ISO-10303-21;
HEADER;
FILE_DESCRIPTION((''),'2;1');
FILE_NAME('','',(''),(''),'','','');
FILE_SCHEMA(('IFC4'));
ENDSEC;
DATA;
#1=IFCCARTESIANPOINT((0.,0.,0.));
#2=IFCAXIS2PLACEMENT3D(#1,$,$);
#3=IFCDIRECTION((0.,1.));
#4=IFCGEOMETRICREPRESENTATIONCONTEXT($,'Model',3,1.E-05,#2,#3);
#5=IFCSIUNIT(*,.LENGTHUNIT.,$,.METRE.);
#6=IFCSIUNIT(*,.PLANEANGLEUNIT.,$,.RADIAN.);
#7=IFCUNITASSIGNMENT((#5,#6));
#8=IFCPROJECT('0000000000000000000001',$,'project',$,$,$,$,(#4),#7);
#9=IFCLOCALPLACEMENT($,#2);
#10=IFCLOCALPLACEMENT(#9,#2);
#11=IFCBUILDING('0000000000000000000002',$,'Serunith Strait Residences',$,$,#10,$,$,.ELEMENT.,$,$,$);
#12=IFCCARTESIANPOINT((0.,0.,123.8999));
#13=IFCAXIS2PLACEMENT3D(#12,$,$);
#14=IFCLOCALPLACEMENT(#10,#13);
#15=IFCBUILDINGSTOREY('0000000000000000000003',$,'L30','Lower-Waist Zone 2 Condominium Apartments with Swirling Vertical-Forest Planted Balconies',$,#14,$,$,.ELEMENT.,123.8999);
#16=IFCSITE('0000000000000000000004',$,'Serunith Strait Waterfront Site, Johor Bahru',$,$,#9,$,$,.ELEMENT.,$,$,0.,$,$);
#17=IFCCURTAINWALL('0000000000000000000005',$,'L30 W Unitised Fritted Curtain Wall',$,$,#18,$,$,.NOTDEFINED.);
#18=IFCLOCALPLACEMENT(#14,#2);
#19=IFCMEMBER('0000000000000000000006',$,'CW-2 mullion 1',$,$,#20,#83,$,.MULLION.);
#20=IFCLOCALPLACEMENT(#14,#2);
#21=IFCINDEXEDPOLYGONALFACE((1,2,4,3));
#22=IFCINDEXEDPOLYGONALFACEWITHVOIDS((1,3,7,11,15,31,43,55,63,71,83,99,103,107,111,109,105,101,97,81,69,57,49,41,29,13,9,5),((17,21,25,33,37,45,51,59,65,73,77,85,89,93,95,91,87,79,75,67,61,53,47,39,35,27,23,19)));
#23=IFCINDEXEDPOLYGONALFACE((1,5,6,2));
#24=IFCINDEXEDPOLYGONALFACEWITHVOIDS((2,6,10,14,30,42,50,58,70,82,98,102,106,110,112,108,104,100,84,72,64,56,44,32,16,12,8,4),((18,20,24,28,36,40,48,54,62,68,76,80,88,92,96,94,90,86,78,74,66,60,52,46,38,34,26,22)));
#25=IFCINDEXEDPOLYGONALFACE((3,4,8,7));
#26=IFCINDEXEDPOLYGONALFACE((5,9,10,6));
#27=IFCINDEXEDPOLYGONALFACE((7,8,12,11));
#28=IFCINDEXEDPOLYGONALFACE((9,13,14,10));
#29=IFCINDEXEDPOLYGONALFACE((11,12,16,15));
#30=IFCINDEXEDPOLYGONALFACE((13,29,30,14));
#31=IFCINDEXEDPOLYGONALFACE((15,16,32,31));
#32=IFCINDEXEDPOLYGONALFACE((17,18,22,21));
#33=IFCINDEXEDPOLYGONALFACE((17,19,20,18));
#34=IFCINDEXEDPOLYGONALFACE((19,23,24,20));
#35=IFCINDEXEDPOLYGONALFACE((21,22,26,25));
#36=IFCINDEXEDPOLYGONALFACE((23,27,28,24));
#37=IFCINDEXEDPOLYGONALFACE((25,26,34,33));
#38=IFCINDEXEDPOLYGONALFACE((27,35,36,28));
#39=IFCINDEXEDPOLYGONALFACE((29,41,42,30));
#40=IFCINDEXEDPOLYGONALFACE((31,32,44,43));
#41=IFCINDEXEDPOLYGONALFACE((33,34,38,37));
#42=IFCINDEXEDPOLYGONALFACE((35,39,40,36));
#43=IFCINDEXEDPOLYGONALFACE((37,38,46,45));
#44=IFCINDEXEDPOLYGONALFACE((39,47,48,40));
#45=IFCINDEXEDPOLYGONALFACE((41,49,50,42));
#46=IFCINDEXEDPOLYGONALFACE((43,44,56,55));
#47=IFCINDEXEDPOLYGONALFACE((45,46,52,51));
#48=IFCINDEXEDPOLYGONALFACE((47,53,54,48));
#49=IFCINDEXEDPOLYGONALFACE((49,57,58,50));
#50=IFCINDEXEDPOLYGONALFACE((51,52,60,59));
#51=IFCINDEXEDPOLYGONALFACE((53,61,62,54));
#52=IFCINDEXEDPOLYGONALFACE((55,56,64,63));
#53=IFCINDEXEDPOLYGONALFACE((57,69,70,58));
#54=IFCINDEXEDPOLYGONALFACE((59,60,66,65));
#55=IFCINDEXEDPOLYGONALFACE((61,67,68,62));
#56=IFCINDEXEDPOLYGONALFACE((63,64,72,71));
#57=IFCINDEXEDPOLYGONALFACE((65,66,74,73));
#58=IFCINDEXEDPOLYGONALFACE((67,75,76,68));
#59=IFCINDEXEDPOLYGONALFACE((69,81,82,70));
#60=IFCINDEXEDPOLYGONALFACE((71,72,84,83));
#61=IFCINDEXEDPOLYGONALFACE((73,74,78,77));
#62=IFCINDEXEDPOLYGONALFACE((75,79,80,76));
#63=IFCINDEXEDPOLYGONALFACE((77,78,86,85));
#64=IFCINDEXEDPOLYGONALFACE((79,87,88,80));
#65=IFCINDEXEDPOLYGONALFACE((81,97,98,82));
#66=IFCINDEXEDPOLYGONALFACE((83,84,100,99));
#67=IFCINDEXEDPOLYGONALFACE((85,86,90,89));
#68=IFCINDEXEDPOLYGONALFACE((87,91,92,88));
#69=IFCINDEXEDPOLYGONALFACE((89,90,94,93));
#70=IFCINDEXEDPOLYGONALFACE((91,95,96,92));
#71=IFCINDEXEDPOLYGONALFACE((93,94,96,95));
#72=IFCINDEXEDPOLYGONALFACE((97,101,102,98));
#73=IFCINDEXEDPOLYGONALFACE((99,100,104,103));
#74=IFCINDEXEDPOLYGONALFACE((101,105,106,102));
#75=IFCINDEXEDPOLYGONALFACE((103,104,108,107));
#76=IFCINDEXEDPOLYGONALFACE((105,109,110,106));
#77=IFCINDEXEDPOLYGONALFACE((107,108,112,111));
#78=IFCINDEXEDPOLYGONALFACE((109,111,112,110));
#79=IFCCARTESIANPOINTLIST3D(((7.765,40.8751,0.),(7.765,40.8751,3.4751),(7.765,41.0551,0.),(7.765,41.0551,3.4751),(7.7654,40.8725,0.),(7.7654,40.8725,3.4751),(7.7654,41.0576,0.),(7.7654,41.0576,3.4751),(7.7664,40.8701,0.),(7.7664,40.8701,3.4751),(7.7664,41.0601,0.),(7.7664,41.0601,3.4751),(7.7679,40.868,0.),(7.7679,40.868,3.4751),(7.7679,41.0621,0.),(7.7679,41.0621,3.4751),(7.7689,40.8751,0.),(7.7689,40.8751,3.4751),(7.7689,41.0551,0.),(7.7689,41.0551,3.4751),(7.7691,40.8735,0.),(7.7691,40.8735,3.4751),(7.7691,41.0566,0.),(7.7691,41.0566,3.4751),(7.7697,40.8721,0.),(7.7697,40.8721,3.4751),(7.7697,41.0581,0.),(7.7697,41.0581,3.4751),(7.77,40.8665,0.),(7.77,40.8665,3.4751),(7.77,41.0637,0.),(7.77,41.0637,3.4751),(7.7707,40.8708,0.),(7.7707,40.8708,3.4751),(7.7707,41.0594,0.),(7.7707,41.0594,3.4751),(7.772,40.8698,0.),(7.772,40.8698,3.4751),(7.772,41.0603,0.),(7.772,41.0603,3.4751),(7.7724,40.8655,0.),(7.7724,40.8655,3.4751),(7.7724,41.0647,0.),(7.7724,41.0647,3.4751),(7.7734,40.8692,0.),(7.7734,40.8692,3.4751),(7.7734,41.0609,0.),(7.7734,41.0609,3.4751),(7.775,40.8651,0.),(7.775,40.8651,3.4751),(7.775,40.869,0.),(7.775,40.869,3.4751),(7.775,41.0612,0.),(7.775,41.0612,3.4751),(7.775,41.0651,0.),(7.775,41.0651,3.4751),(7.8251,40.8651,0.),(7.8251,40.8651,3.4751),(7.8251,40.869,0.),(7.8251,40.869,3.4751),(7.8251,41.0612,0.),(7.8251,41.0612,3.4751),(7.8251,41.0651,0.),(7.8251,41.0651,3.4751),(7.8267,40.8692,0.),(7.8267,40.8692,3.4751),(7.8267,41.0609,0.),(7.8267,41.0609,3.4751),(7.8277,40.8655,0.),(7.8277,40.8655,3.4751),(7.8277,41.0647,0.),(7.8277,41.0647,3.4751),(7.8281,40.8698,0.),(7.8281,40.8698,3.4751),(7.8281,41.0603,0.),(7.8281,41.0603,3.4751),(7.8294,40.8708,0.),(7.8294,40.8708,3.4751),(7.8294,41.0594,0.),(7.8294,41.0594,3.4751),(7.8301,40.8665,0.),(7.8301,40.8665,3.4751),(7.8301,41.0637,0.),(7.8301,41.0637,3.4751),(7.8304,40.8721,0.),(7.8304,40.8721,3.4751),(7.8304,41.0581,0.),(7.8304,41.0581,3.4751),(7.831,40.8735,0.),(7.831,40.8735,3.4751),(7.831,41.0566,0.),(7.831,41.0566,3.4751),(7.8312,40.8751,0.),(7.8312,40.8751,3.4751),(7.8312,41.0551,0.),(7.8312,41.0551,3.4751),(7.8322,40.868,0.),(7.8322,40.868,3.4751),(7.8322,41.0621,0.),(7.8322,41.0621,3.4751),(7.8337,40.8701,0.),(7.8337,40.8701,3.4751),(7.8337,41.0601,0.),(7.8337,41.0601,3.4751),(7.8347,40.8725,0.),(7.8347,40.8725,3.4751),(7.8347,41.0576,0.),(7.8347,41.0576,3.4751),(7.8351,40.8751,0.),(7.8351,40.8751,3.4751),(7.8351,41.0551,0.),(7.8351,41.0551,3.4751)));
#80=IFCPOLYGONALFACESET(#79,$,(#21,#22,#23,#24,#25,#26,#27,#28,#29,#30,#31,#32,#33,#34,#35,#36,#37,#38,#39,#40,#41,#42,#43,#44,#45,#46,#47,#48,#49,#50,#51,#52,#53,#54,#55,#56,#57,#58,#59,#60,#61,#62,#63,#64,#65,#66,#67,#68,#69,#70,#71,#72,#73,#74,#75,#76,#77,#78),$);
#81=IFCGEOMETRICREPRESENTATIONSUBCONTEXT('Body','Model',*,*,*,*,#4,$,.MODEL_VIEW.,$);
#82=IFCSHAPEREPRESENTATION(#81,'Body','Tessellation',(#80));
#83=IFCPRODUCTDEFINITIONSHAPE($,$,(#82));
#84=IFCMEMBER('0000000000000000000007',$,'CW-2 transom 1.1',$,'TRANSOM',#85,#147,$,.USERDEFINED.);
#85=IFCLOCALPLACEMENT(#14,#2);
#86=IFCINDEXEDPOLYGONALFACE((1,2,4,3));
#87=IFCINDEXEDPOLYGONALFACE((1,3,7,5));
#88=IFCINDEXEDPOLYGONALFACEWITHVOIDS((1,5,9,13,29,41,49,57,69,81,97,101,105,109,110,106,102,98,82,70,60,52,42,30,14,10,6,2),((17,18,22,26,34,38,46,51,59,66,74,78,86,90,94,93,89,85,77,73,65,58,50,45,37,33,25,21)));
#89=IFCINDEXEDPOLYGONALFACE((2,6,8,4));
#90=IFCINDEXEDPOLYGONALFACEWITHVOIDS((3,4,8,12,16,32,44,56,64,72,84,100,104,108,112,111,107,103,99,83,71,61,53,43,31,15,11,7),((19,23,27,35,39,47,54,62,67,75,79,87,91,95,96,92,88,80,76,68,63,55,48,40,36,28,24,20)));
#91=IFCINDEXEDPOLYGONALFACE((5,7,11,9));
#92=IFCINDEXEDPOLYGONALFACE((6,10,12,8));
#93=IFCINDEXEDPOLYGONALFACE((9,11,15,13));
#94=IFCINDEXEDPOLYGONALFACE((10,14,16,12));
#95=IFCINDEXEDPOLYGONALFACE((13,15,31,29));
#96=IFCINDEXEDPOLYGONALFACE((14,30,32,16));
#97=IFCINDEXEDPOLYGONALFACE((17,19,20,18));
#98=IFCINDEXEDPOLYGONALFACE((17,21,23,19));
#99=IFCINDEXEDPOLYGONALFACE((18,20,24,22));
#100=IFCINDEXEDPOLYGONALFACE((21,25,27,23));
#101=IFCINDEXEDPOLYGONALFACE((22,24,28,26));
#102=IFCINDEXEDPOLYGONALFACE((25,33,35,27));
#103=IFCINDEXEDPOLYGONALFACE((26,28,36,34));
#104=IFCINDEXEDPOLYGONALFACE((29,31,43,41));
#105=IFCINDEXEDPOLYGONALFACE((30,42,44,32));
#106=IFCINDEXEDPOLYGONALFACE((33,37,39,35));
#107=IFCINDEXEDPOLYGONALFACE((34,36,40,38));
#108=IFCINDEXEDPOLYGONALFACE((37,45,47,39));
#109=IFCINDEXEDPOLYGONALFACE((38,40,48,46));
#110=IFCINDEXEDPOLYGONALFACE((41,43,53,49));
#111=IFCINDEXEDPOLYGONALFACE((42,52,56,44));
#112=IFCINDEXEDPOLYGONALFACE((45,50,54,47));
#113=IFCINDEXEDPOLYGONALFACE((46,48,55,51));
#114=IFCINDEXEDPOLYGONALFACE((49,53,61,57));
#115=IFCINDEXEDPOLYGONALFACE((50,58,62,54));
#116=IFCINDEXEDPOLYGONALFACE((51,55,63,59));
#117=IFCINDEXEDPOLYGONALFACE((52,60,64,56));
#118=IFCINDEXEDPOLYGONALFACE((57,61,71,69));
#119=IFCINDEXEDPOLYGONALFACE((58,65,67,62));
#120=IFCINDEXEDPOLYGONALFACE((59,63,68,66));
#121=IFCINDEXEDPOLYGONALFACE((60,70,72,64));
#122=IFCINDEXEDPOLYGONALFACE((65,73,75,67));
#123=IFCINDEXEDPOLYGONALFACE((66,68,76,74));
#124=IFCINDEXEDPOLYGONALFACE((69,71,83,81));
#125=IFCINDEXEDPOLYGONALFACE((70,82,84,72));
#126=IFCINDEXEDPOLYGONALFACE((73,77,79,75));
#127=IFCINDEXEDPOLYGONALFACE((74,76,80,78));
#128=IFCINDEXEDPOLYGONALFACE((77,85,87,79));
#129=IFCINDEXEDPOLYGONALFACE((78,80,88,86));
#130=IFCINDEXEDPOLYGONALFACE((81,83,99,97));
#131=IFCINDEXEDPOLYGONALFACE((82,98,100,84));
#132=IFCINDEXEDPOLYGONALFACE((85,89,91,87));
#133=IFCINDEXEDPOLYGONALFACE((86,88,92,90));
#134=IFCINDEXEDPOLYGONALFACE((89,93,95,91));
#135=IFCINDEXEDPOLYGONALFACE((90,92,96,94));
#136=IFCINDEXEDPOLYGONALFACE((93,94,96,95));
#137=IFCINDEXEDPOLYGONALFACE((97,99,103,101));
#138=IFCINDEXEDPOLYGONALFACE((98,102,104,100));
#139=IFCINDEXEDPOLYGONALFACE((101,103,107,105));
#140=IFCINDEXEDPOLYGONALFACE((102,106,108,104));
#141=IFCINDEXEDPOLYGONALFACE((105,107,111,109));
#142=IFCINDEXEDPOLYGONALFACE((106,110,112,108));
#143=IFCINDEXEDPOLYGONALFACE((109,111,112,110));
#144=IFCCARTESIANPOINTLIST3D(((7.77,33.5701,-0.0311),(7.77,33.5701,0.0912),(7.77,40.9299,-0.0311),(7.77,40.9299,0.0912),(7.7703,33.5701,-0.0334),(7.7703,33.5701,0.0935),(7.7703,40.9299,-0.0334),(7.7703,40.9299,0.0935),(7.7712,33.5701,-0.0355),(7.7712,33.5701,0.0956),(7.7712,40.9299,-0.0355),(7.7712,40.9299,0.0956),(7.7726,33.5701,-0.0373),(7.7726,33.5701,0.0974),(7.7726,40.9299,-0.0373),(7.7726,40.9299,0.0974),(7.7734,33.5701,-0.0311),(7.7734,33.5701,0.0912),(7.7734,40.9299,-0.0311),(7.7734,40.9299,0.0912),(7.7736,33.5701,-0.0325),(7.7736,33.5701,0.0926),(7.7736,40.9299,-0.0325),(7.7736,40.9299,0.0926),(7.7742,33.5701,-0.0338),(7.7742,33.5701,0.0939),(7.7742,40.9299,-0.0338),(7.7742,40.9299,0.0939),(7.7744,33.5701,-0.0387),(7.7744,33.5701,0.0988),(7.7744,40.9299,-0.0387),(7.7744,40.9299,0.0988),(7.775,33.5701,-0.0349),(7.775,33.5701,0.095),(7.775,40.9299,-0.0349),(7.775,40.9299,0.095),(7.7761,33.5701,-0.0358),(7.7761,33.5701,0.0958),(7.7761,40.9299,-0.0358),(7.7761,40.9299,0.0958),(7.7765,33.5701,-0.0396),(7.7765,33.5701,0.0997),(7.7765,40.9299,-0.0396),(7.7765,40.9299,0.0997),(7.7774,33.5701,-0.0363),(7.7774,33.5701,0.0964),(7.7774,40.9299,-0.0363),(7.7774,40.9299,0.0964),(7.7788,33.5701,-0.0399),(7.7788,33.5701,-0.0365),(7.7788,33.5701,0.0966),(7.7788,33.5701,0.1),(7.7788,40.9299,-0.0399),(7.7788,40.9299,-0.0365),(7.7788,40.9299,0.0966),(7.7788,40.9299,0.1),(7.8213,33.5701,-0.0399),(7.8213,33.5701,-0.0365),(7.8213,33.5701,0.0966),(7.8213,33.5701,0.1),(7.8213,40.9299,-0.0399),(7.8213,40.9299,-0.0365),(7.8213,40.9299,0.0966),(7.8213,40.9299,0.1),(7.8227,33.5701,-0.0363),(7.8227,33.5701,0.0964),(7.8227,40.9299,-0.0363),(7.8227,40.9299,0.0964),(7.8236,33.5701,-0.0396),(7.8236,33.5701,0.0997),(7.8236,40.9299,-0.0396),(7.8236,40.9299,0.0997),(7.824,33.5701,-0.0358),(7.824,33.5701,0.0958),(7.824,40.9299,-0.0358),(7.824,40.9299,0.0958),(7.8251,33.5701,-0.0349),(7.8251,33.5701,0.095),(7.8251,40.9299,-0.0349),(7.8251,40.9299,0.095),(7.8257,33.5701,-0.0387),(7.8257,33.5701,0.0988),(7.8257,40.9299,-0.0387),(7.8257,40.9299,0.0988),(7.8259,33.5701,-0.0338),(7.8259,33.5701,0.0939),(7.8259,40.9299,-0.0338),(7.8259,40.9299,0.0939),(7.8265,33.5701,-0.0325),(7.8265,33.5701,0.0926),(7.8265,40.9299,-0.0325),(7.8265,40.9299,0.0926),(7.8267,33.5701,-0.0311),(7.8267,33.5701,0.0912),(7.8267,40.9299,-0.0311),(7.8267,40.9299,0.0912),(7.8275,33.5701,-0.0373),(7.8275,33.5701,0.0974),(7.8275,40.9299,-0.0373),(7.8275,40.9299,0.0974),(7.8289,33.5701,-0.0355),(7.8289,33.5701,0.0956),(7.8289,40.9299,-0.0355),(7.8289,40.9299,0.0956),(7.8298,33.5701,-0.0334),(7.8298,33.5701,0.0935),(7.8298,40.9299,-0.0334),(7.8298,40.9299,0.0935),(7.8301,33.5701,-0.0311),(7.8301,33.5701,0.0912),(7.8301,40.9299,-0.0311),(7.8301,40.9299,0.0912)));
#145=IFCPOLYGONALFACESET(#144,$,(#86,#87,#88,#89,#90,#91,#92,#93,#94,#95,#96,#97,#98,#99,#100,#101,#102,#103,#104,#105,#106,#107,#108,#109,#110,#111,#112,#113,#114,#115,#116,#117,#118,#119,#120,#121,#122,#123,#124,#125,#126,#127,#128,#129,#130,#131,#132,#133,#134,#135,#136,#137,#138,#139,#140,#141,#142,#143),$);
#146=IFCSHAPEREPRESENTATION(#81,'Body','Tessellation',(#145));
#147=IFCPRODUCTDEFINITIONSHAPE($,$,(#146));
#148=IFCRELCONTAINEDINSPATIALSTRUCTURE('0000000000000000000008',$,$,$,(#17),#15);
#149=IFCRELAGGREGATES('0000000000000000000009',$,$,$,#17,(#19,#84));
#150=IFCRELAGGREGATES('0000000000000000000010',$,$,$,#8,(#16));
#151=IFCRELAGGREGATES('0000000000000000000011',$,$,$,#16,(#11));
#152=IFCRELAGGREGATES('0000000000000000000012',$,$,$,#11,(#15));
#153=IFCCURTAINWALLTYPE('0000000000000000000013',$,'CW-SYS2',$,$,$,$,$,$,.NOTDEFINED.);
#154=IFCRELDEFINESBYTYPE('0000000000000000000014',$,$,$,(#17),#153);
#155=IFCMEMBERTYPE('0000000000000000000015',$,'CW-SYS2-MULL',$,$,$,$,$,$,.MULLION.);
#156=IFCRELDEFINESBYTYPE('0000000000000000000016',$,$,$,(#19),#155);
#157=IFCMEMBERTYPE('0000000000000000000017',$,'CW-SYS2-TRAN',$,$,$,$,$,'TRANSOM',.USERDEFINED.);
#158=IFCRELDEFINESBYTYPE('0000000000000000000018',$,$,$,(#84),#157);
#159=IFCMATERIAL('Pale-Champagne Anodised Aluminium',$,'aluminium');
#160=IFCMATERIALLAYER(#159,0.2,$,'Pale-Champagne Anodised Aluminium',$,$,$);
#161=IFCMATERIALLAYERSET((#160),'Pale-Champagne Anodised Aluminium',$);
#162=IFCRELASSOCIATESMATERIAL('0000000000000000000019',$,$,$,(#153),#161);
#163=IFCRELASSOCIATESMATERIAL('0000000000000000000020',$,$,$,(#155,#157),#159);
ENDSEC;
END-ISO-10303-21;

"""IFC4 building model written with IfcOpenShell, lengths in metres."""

from ifc_helpers import new_model, si_unit, direction, frame, origin, origin_2d, place, context, subcontext, project, spatial, hollow_rectangle, extrude, source, transform, mapped, material, layer, layer_set, material_profile, profile_set, type_object, element, aggregate, save


model = new_model("IFC4")

# Units and contexts
model_context = context("Model", 3, precision=1e-05, world=origin(), true_north=direction((0.0, 1.0)))
body_context = subcontext(model_context, "Body", "Model", "MODEL_VIEW")
ifc_project = project(units=[si_unit("LENGTHUNIT", "METRE"), si_unit("PLANEANGLEUNIT", "RADIAN")], contexts=[model_context])

# Site, building, storey
site_placement = place(None, origin())
site = spatial("IfcSite", under=ifc_project, at=site_placement, Name="Serunith Strait Waterfront Site, Johor Bahru", CompositionType="ELEMENT", RefElevation=0.0)
building_placement = place(site_placement, origin())
building = spatial("IfcBuilding", under=site, at=building_placement, Name="Serunith Strait Residences", CompositionType="ELEMENT")
storey_placement = place(building_placement, frame((0.0, 0.0, 123.8999)))
storey = spatial("IfcBuildingStorey", under=building, at=storey_placement, Name="L30", Description="Lower-Waist Zone 2 Condominium Apartments with Swirling Vertical-Forest Planted Balconies", CompositionType="ELEMENT", Elevation=123.8999)

# Shared definitions
ifc_material_1 = material(Name="Pale-Champagne Anodised Aluminium", Category="aluminium")
ifc_layer_1 = layer(ifc_material_1, 0.2, Name="Pale-Champagne Anodised Aluminium")
ifc_layer_set_1 = layer_set([ifc_layer_1], Name="Pale-Champagne Anodised Aluminium")
curtain_wall_type = type_object("IfcCurtainWallType", Name="CW-SYS2", PredefinedType="NOTDEFINED", material=ifc_layer_set_1)
ifc_material_profile_1 = material_profile(ifc_material_1, hollow_rectangle(XDim=0.0701, YDim=0.2, WallThickness=0.0039, InnerFilletRadius=0.0061, OuterFilletRadius=0.01, at=origin_2d()), Name="ALU 200x70x4")
ifc_profile_set_1 = profile_set([ifc_material_profile_1], Name="Pale-Champagne Anodised Aluminium")
member_type_1 = type_object("IfcMemberType", Name="CW-SYS2-MULL", PredefinedType="MULLION", material=ifc_profile_set_1)
shared_shape_1 = source(origin(), body_context, "Body", "SweptSolid", [
    extrude(hollow_rectangle(XDim=0.0701, YDim=0.2, WallThickness=0.0039, InnerFilletRadius=0.0061, OuterFilletRadius=0.01, at=origin_2d()), origin(), (0.0, 0.0, 1.0), 3.4751),
])

# Curtain wall, members
curtain_wall_1_placement = place(storey_placement, origin())
curtain_wall_1 = element("IfcCurtainWall", 1, at=curtain_wall_1_placement, inside=storey, type_object=curtain_wall_type, Name="L30 W Unitised Fritted Curtain Wall", PredefinedType="NOTDEFINED")
member_1_placement = place(storey_placement, frame((7.8, 40.9651, 0.0), z_axis=(0.0, 0.0, 1.0), x_axis=(1.0, 0.0, 0.0)))
member_1 = element("IfcMember", 2, at=member_1_placement, type_object=member_type_1, Name="CW-2 mullion 1", PredefinedType="MULLION", context=body_context, shape_type="MappedRepresentation", body=[
    mapped(shared_shape_1, transform((0.0, 0.0, 0.0), scale=1.0)),
])
ifc_material_profile_2 = material_profile(ifc_material_1, hollow_rectangle(XDim=0.0601, YDim=0.1399, WallThickness=0.0034, InnerFilletRadius=0.0054, OuterFilletRadius=0.0088, at=origin_2d()), Name="ALU 140x60x3.5")
ifc_profile_set_2 = profile_set([ifc_material_profile_2], Name="Pale-Champagne Anodised Aluminium")
member_type_2 = type_object("IfcMemberType", Name="CW-SYS2-TRAN", ElementType="TRANSOM", PredefinedType="USERDEFINED", material=ifc_profile_set_2)
shared_shape_2 = source(origin(), body_context, "Body", "SweptSolid", [
    extrude(hollow_rectangle(XDim=0.0601, YDim=0.1399, WallThickness=0.0034, InnerFilletRadius=0.0054, OuterFilletRadius=0.0088, at=origin_2d()), origin(), (0.0, 0.0, 1.0), 7.3599),
])
member_2_placement = place(storey_placement, frame((7.8, 40.9299, 0.03), z_axis=(0.0, -1.0, 0.0), x_axis=(1.0, 0.0, 0.0)))
member_2 = element("IfcMember", 3, at=member_2_placement, type_object=member_type_2, Name="CW-2 transom 1.1", ObjectType="TRANSOM", PredefinedType="USERDEFINED", context=body_context, shape_type="MappedRepresentation", body=[
    mapped(shared_shape_2, transform((0.0, 0.0, 0.0), scale=1.0)),
])
aggregate(curtain_wall_1, [member_1, member_2])

save(model, "model.ifc")
